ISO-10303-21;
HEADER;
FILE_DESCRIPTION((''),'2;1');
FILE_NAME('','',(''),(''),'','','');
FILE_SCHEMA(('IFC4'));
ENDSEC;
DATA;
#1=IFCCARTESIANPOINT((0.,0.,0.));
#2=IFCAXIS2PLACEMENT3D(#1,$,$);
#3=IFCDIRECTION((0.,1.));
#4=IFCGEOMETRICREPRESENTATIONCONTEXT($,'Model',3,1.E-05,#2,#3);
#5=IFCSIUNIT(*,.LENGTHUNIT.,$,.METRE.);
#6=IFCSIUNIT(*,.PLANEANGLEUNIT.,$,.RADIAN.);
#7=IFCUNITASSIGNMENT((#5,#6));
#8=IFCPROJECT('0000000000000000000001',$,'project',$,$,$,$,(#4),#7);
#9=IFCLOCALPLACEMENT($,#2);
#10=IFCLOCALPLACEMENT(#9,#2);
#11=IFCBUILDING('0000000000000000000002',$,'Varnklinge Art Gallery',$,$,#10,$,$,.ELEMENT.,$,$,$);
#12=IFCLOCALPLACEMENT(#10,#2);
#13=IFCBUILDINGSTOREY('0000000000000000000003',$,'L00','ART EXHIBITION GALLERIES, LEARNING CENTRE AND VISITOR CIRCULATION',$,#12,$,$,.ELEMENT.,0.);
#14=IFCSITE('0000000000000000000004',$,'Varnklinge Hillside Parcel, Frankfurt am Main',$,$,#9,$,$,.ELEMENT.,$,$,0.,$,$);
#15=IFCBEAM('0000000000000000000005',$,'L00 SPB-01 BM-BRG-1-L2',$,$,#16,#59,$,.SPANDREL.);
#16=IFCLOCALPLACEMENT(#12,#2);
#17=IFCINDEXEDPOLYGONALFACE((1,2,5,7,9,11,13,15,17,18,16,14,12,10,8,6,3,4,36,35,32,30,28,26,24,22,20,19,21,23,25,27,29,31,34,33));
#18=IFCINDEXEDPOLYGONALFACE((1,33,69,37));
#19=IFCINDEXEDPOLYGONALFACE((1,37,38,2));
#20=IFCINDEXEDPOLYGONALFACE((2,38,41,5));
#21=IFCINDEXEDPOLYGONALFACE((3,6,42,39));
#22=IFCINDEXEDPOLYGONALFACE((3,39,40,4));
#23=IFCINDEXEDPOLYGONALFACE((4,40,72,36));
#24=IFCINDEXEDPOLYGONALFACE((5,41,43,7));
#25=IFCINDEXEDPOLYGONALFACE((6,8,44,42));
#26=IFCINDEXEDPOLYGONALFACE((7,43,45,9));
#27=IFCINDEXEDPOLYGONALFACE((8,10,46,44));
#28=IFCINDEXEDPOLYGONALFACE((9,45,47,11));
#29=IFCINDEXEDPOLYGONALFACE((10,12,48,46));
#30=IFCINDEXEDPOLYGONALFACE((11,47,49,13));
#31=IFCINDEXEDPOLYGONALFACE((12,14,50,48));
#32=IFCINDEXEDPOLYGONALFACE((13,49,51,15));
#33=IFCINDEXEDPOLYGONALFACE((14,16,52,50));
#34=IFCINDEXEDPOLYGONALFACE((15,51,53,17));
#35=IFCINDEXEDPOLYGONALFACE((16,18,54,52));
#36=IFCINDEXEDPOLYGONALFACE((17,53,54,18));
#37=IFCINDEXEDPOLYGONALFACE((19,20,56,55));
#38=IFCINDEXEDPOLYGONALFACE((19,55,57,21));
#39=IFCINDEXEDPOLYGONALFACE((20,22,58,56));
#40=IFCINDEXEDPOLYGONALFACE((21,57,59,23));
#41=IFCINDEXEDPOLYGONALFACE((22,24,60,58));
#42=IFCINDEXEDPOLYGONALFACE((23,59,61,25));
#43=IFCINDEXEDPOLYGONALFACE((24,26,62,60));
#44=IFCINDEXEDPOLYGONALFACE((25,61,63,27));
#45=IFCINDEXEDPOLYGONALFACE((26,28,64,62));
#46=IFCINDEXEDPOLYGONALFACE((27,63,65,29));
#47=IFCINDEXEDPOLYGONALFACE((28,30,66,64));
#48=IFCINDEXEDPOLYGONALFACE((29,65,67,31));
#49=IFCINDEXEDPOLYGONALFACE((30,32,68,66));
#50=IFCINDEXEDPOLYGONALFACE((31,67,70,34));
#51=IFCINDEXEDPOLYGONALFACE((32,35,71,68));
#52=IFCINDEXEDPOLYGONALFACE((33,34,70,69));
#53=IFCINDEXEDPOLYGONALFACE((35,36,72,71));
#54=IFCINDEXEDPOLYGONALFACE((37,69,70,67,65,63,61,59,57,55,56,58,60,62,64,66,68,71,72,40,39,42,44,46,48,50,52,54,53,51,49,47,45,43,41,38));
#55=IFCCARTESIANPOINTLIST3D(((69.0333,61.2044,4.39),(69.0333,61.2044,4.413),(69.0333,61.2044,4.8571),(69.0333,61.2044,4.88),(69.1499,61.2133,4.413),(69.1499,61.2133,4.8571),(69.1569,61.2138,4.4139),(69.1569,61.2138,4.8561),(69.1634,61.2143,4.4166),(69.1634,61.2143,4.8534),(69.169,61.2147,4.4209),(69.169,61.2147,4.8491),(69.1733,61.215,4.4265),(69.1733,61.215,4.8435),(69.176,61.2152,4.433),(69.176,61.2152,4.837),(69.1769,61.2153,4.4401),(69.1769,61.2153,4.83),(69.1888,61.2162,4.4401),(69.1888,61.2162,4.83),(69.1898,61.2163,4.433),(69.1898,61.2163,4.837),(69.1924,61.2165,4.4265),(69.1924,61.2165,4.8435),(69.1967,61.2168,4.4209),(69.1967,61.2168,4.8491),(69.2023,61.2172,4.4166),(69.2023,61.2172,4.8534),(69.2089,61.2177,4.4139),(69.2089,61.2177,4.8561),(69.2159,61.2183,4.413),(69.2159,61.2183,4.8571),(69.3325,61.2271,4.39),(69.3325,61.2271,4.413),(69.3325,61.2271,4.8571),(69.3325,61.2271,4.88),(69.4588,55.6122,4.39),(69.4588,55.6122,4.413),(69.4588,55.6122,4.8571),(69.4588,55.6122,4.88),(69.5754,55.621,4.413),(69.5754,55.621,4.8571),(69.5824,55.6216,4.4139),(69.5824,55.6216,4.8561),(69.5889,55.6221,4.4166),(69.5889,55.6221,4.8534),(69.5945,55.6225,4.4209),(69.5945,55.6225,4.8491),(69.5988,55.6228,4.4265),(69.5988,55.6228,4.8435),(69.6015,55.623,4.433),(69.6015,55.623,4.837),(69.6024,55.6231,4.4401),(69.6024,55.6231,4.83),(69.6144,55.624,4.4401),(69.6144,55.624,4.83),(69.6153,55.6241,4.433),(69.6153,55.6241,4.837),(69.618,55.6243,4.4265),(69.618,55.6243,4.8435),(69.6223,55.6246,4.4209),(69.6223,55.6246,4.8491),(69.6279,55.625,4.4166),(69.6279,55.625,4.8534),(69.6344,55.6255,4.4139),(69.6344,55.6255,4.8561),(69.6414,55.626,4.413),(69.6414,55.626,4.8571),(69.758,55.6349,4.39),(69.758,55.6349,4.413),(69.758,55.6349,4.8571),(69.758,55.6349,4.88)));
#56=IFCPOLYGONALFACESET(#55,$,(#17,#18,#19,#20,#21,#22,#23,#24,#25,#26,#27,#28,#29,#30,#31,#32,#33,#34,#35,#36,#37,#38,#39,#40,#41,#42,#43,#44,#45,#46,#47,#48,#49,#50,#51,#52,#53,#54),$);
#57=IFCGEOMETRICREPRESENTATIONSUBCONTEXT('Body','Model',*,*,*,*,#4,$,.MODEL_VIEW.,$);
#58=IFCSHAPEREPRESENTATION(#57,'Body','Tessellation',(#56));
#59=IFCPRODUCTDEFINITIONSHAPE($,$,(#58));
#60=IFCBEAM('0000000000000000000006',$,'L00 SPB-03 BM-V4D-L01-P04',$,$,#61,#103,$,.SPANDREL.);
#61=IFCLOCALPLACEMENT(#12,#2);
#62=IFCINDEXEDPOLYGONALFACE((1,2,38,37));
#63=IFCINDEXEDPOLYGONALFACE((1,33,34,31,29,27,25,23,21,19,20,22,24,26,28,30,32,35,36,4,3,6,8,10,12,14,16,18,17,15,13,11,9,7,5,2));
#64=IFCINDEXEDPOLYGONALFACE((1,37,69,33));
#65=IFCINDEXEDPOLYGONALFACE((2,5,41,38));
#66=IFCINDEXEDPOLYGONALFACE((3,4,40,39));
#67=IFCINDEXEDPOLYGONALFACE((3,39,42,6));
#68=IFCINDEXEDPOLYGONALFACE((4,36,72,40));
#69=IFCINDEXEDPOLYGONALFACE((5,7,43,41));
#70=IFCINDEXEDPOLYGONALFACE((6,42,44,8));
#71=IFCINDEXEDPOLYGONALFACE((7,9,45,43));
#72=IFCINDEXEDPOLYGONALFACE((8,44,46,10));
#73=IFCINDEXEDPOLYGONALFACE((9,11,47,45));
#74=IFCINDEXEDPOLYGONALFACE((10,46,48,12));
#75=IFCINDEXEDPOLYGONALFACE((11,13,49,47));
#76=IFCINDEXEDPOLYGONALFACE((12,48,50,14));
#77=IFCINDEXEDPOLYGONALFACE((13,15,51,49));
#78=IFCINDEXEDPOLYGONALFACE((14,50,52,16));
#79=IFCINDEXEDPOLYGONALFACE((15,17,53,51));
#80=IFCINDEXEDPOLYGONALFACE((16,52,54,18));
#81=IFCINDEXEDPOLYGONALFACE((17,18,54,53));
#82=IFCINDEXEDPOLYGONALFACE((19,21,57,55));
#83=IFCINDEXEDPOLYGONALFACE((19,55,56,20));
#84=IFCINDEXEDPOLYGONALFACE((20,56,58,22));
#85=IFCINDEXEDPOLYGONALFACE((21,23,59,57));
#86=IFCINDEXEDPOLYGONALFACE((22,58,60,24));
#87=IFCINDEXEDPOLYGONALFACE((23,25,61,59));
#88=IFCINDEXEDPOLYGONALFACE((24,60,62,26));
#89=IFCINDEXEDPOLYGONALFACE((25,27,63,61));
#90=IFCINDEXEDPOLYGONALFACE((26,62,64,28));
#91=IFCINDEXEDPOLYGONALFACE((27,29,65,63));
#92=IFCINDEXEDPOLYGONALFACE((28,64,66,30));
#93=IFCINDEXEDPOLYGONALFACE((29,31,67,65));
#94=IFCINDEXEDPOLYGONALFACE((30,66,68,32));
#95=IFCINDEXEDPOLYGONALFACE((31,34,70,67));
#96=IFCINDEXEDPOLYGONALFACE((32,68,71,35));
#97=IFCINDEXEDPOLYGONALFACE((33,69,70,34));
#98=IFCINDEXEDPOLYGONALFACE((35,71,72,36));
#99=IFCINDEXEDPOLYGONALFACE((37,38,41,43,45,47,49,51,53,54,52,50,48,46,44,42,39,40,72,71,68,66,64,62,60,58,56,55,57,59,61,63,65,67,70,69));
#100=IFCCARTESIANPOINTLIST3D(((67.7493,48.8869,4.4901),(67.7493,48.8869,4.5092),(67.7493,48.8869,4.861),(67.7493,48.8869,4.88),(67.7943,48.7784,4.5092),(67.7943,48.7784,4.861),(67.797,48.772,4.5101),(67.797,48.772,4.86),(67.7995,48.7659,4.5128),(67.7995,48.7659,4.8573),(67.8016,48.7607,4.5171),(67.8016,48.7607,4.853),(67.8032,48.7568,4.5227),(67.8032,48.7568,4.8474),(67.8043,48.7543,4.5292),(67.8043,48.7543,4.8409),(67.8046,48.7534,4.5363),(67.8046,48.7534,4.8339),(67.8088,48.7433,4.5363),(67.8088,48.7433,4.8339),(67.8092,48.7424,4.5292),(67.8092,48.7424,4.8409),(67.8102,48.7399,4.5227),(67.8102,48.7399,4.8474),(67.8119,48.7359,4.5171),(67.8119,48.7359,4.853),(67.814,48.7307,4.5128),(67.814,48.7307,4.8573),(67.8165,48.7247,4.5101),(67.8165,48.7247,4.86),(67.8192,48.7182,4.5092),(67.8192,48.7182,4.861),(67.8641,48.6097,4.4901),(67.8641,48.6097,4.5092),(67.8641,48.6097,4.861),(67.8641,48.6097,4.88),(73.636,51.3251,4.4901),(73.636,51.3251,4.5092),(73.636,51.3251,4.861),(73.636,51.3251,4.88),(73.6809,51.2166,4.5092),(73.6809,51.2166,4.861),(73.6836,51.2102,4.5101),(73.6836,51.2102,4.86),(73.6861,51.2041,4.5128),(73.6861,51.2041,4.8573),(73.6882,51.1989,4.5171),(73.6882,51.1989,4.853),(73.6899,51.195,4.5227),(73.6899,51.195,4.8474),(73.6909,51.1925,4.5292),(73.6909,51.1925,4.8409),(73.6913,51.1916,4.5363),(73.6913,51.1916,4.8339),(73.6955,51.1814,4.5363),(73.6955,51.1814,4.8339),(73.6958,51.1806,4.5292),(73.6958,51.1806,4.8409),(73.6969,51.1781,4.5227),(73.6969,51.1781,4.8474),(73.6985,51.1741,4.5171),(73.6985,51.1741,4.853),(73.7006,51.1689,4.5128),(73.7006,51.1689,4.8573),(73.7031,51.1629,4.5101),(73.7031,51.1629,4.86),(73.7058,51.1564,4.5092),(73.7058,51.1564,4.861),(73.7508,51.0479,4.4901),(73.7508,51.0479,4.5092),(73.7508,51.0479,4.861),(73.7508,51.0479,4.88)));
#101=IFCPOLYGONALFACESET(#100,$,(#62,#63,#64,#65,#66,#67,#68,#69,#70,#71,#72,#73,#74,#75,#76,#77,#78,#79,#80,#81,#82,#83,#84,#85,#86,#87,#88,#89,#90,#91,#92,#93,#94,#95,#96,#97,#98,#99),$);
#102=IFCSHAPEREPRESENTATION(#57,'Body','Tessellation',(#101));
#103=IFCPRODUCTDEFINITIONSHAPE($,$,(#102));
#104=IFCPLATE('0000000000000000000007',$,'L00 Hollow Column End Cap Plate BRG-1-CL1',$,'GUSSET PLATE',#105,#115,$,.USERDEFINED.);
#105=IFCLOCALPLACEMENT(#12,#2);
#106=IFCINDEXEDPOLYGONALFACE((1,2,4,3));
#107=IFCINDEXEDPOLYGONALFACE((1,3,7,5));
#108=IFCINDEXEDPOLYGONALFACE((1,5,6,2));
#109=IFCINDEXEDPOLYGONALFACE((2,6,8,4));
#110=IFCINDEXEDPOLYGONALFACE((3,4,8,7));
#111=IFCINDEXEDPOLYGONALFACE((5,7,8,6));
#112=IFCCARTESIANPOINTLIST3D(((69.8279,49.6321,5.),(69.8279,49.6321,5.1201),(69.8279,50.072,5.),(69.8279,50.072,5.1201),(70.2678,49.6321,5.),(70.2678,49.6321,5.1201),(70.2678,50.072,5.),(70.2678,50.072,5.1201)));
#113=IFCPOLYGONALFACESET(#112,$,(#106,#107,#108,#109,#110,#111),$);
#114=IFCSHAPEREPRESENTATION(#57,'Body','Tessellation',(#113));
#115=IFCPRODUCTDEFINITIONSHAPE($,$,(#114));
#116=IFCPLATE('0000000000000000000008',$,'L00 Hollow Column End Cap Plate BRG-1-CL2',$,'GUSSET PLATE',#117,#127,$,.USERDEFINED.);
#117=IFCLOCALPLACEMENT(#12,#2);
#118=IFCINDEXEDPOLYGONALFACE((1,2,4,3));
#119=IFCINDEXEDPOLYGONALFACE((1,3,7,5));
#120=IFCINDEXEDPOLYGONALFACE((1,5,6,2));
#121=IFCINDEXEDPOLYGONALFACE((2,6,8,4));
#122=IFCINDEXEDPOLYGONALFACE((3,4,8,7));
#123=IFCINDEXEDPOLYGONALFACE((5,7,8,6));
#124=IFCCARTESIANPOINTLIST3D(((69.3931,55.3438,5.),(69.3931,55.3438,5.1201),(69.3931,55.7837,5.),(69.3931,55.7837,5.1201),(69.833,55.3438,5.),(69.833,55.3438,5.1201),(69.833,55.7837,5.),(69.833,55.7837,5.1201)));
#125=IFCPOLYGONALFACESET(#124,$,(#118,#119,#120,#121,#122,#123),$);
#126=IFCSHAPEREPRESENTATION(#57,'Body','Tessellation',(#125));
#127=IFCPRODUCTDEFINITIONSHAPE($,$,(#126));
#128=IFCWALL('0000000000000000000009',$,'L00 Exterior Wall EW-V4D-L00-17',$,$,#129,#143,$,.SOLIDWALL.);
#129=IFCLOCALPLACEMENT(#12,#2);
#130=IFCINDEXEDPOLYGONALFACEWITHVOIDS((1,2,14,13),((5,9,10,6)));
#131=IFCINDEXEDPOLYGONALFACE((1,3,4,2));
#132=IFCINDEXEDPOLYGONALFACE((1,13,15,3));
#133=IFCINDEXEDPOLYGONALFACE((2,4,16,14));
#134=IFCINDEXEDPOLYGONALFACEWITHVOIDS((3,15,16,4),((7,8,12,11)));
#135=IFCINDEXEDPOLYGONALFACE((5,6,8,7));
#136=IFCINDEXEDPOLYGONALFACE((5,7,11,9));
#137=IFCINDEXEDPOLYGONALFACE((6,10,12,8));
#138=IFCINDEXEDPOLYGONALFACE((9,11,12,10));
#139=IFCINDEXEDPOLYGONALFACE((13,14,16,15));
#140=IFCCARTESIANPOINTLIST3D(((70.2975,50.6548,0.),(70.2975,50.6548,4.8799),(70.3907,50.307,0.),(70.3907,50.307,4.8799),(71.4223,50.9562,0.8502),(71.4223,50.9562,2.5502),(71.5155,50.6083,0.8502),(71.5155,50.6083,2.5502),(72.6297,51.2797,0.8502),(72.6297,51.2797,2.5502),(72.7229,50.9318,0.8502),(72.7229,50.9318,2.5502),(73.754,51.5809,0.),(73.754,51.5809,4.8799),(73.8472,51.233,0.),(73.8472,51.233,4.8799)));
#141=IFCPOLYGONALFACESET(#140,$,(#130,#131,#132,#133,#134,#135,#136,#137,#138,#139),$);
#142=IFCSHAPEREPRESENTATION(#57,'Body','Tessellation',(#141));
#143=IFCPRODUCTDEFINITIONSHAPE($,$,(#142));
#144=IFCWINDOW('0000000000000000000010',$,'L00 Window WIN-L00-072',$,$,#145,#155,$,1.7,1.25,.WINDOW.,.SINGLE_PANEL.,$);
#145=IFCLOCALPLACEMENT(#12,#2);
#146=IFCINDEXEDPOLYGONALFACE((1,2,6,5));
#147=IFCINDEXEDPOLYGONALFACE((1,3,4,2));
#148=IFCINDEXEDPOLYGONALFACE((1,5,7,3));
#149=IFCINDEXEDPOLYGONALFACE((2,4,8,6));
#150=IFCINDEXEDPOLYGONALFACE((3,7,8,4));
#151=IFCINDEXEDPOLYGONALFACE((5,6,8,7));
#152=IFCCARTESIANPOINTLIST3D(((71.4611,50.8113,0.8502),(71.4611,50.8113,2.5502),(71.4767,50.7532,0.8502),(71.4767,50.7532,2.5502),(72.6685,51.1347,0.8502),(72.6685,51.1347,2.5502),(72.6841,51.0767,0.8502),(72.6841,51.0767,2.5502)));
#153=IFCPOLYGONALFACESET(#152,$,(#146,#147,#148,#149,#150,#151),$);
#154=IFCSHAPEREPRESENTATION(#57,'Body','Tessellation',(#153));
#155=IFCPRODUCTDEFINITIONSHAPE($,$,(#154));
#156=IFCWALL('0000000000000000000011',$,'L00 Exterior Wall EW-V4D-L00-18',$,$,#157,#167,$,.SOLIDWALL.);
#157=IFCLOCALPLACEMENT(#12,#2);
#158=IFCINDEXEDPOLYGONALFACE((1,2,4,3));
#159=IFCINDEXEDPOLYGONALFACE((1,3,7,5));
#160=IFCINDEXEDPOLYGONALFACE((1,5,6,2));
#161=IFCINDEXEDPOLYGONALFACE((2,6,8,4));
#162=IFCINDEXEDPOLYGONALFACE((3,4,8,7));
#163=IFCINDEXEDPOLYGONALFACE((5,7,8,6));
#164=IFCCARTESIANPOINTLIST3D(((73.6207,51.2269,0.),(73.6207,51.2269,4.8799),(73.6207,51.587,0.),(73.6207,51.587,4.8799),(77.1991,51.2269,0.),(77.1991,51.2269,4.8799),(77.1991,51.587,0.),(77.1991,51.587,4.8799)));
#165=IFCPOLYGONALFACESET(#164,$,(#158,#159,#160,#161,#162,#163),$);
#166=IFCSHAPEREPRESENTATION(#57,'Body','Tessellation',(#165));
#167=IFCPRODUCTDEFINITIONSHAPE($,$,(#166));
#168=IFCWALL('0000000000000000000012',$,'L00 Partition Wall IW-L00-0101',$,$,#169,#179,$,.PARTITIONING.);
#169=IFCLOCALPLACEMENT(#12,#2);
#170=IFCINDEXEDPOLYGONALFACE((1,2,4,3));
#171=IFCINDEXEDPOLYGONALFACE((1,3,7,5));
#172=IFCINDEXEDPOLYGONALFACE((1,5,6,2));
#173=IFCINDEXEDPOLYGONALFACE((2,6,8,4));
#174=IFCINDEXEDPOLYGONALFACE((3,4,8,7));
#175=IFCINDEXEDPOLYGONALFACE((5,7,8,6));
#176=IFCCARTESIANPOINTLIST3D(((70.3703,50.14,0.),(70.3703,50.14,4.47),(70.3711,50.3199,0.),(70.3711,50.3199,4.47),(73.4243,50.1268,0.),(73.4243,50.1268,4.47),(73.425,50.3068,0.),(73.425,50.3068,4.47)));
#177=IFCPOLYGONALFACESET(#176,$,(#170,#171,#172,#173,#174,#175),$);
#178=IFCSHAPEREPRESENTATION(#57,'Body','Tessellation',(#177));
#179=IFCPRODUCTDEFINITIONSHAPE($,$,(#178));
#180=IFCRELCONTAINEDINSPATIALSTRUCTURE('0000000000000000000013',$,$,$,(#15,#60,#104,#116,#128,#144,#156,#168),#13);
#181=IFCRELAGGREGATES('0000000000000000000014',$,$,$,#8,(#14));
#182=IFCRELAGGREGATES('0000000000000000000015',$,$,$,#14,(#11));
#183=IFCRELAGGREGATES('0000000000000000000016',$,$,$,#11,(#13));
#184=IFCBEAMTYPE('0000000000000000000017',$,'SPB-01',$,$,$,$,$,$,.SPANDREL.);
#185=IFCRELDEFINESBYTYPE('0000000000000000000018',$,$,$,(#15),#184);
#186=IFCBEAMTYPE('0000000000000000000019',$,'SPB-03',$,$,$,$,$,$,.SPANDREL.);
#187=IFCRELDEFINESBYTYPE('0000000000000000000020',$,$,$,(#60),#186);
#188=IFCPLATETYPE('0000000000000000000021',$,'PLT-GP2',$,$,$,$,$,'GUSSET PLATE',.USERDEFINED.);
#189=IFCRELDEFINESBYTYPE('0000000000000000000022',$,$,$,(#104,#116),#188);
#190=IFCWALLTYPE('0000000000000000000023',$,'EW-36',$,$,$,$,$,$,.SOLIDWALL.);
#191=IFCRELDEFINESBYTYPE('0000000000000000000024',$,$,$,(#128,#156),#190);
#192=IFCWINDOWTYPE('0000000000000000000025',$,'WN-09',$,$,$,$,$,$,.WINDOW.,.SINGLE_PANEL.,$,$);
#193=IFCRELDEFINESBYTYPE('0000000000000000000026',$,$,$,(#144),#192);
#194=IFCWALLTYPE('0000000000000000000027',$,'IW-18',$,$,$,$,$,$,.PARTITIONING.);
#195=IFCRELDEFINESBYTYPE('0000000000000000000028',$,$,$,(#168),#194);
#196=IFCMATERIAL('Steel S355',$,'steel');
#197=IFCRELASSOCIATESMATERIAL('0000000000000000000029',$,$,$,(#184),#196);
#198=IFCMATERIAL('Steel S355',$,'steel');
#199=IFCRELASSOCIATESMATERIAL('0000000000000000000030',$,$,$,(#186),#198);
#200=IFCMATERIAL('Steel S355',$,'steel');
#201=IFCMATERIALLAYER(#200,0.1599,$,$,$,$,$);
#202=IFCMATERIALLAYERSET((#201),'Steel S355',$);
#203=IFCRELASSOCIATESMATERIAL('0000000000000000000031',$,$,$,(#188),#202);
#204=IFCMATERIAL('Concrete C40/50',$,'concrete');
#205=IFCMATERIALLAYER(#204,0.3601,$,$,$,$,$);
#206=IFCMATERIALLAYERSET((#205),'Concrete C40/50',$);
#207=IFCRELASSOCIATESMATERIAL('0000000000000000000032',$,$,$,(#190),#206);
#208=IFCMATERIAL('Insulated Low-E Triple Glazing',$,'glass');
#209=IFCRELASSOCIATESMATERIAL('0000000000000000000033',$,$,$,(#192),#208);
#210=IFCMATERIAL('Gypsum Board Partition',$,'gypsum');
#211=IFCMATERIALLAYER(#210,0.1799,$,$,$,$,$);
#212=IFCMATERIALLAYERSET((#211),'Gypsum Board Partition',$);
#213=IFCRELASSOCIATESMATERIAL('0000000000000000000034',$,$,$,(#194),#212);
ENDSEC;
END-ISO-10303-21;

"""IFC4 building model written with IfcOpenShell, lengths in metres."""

from ifc_helpers import new_model, si_unit, direction, frame, frame_2d, origin, origin_2d, place, context, subcontext, project, spatial, rectangle, i_section, extrude, material, layer, layer_set, material_profile, profile_set, type_object, element, fill, save


model = new_model("IFC4")

# Units and contexts
model_context = context("Model", 3, precision=1e-05, world=origin(), true_north=direction((0.0, 1.0)))
body_context = subcontext(model_context, "Body", "Model", "MODEL_VIEW")
ifc_project = project(units=[si_unit("LENGTHUNIT", "METRE"), si_unit("PLANEANGLEUNIT", "RADIAN")], contexts=[model_context])

# Site, building, storey
site_placement = place(None, origin())
site = spatial("IfcSite", under=ifc_project, at=site_placement, Name="Varnklinge Hillside Parcel, Frankfurt am Main", CompositionType="ELEMENT", RefElevation=0.0)
building_placement = place(site_placement, origin())
building = spatial("IfcBuilding", under=site, at=building_placement, Name="Varnklinge Art Gallery", CompositionType="ELEMENT")
storey_placement = place(building_placement, origin())
storey = spatial("IfcBuildingStorey", under=building, at=storey_placement, Name="L00", Description="ART EXHIBITION GALLERIES, LEARNING CENTRE AND VISITOR CIRCULATION", CompositionType="ELEMENT", Elevation=0.0)

# Beams
ifc_material_1 = material(Name="Steel S355", Category="steel")
ifc_material_profile_1 = material_profile(ifc_material_1, i_section(OverallWidth=0.3, OverallDepth=0.49, WebThickness=0.012, FlangeThickness=0.0229, FilletRadius=0.0271, at=origin_2d()), Name="HEA 500")
ifc_profile_set_1 = profile_set([ifc_material_profile_1], Name="Steel S355")
beam_type_1 = type_object("IfcBeamType", Name="SPB-01", PredefinedType="SPANDREL", material=ifc_profile_set_1)
beam_1_placement = place(storey_placement, frame((69.6084, 55.6235, 4.635), z_axis=(-0.075874, 0.997117, 0.0), x_axis=(-0.997117, -0.075874, 0.0)))
element("IfcBeam", 1, at=beam_1_placement, inside=storey, type_object=beam_type_1, Name="L00 SPB-01 BM-BRG-1-L2", PredefinedType="SPANDREL", context=body_context, shape_type="SweptSolid", body=[
    extrude(i_section(OverallWidth=0.3, OverallDepth=0.49, WebThickness=0.012, FlangeThickness=0.0229, FilletRadius=0.0271, at=origin_2d()), origin(), (0.0, 0.0, 1.0), 5.6084),
])
ifc_material_2 = material(Name="Steel S355", Category="steel")
ifc_material_profile_2 = material_profile(ifc_material_2, i_section(OverallWidth=0.3, OverallDepth=0.3899, WebThickness=0.011, FlangeThickness=0.019, FilletRadius=0.0271, at=origin_2d()), Name="HEA 400")
ifc_profile_set_2 = profile_set([ifc_material_profile_2], Name="Steel S355")
beam_type_2 = type_object("IfcBeamType", Name="SPB-03", PredefinedType="SPANDREL", material=ifc_profile_set_2)
beam_2_placement = place(storey_placement, frame((73.6934, 51.1865, 4.6851), z_axis=(-0.923887, -0.382667, 0.0), x_axis=(0.382667, -0.923887, 0.0)))
element("IfcBeam", 2, at=beam_2_placement, inside=storey, type_object=beam_type_2, Name="L00 SPB-03 BM-V4D-L01-P04", PredefinedType="SPANDREL", context=body_context, shape_type="SweptSolid", body=[
    extrude(i_section(OverallWidth=0.3, OverallDepth=0.3899, WebThickness=0.011, FlangeThickness=0.019, FilletRadius=0.0271, at=origin_2d()), origin(), (0.0, 0.0, 1.0), 6.3716),
])

# Plates
ifc_material_3 = material(Name="Steel S355", Category="steel")
ifc_layer_1 = layer(ifc_material_3, 0.1599)
ifc_layer_set_1 = layer_set([ifc_layer_1], Name="Steel S355")
plate_type = type_object("IfcPlateType", Name="PLT-GP2", ElementType="GUSSET PLATE", PredefinedType="USERDEFINED", material=ifc_layer_set_1)
for number, where, z_axis, x_axis, name in (
    (3, (70.0479, 49.8521, 5.0), (0.0, 0.0, 1.0), (1.0, 0.0, 0.0), "L00 Hollow Column End Cap Plate BRG-1-CL1"),
    (4, (69.613, 55.5637, 5.0), (0.0, 0.0, 1.0), (1.0, 0.0, 0.0), "L00 Hollow Column End Cap Plate BRG-1-CL2"),
):
    element("IfcPlate", number, at=place(storey_placement, frame(where, z_axis=z_axis, x_axis=x_axis)), inside=storey, type_object=plate_type, Name=name, ObjectType="GUSSET PLATE", PredefinedType="USERDEFINED", context=body_context, shape_type="SweptSolid", body=[
        extrude(rectangle(XDim=0.4399, YDim=0.4399, at=origin_2d()), origin(), (0.0, 0.0, 1.0), 0.1201),
    ])

# Wall, opening, window
ifc_material_4 = material(Name="Concrete C40/50", Category="concrete")
ifc_layer_2 = layer(ifc_material_4, 0.3601)
ifc_layer_set_2 = layer_set([ifc_layer_2], Name="Concrete C40/50")
wall_type_1 = type_object("IfcWallType", Name="EW-36", PredefinedType="SOLIDWALL", material=ifc_layer_set_2)
wall_1_placement = place(storey_placement, frame((70.3442, 50.481, 0.0), z_axis=(0.0, 0.0, 1.0), x_axis=(0.965936, 0.258779, 0.0)))
wall_1 = element("IfcWall", 5, at=wall_1_placement, inside=storey, type_object=wall_type_1, Name="L00 Exterior Wall EW-V4D-L00-17", PredefinedType="SOLIDWALL", context=body_context, shape_type="SweptSolid", body=[
    extrude(rectangle(XDim=3.5784, YDim=0.3601, at=frame_2d((1.7891, 0.0))), origin(), (0.0, 0.0, 1.0), 4.8799),
])
opening_1_placement = place(wall_1_placement, frame((1.1643, 0.0, 0.8501)))
opening_1 = element("IfcOpeningElement", 6, at=opening_1_placement, cuts=wall_1, PredefinedType="OPENING", context=body_context, shape_type="SweptSolid", body=[
    extrude(rectangle(XDim=1.25, YDim=1.7, at=frame_2d((0.625, 0.8501))), frame((0.0, 0.1902, 0.0), z_axis=(0.0, -1.0, 0.0), x_axis=(1.0, 0.0, 0.0)), (0.0, 0.0, 1.0), 0.3801),
])
ifc_material_5 = material(Name="Insulated Low-E Triple Glazing", Category="glass")
window_type = type_object("IfcWindowType", Name="WN-09", PartitioningType="SINGLE_PANEL", PredefinedType="WINDOW", material=ifc_material_5)
window_placement = place(opening_1_placement, origin())
window = element("IfcWindow", 7, at=window_placement, inside=storey, type_object=window_type, Name="L00 Window WIN-L00-072", OverallHeight=1.7, OverallWidth=1.25, PartitioningType="SINGLE_PANEL", PredefinedType="WINDOW", context=body_context, shape_type="SweptSolid", body=[
    extrude(rectangle(XDim=1.25, YDim=1.7, at=frame_2d((0.625, 0.8501))), frame((0.0, 0.03, 0.0), z_axis=(0.0, -1.0, 0.0), x_axis=(1.0, 0.0, 0.0)), (0.0, 0.0, 1.0), 0.0601),
])
fill(opening_1, window)

# Walls
wall_2_placement = place(storey_placement, frame((73.6208, 51.407, 0.0), z_axis=(0.0, 0.0, 1.0), x_axis=(1.0, 0.0, 0.0)))
element("IfcWall", 8, at=wall_2_placement, inside=storey, type_object=wall_type_1, Name="L00 Exterior Wall EW-V4D-L00-18", PredefinedType="SOLIDWALL", context=body_context, shape_type="SweptSolid", body=[
    extrude(rectangle(XDim=3.5784, YDim=0.3601, at=frame_2d((1.7891, 0.0))), origin(), (0.0, 0.0, 1.0), 4.8799),
])
ifc_material_6 = material(Name="Gypsum Board Partition", Category="gypsum")
ifc_layer_3 = layer(ifc_material_6, 0.1799)
ifc_layer_set_3 = layer_set([ifc_layer_3], Name="Gypsum Board Partition")
wall_type_2 = type_object("IfcWallType", Name="IW-18", PredefinedType="PARTITIONING", material=ifc_layer_set_3)
wall_3_placement = place(storey_placement, frame((70.3708, 50.23, 0.0), z_axis=(0.0, 0.0, 1.0), x_axis=(0.999991, -0.004317, 0.0)))
element("IfcWall", 9, at=wall_3_placement, inside=storey, type_object=wall_type_2, Name="L00 Partition Wall IW-L00-0101", PredefinedType="PARTITIONING", context=body_context, shape_type="SweptSolid", body=[
    extrude(rectangle(XDim=3.054, YDim=0.1799, at=frame_2d((1.5269, 0.0))), origin(), (0.0, 0.0, 1.0), 4.47),
])

save(model, "model.ifc")
